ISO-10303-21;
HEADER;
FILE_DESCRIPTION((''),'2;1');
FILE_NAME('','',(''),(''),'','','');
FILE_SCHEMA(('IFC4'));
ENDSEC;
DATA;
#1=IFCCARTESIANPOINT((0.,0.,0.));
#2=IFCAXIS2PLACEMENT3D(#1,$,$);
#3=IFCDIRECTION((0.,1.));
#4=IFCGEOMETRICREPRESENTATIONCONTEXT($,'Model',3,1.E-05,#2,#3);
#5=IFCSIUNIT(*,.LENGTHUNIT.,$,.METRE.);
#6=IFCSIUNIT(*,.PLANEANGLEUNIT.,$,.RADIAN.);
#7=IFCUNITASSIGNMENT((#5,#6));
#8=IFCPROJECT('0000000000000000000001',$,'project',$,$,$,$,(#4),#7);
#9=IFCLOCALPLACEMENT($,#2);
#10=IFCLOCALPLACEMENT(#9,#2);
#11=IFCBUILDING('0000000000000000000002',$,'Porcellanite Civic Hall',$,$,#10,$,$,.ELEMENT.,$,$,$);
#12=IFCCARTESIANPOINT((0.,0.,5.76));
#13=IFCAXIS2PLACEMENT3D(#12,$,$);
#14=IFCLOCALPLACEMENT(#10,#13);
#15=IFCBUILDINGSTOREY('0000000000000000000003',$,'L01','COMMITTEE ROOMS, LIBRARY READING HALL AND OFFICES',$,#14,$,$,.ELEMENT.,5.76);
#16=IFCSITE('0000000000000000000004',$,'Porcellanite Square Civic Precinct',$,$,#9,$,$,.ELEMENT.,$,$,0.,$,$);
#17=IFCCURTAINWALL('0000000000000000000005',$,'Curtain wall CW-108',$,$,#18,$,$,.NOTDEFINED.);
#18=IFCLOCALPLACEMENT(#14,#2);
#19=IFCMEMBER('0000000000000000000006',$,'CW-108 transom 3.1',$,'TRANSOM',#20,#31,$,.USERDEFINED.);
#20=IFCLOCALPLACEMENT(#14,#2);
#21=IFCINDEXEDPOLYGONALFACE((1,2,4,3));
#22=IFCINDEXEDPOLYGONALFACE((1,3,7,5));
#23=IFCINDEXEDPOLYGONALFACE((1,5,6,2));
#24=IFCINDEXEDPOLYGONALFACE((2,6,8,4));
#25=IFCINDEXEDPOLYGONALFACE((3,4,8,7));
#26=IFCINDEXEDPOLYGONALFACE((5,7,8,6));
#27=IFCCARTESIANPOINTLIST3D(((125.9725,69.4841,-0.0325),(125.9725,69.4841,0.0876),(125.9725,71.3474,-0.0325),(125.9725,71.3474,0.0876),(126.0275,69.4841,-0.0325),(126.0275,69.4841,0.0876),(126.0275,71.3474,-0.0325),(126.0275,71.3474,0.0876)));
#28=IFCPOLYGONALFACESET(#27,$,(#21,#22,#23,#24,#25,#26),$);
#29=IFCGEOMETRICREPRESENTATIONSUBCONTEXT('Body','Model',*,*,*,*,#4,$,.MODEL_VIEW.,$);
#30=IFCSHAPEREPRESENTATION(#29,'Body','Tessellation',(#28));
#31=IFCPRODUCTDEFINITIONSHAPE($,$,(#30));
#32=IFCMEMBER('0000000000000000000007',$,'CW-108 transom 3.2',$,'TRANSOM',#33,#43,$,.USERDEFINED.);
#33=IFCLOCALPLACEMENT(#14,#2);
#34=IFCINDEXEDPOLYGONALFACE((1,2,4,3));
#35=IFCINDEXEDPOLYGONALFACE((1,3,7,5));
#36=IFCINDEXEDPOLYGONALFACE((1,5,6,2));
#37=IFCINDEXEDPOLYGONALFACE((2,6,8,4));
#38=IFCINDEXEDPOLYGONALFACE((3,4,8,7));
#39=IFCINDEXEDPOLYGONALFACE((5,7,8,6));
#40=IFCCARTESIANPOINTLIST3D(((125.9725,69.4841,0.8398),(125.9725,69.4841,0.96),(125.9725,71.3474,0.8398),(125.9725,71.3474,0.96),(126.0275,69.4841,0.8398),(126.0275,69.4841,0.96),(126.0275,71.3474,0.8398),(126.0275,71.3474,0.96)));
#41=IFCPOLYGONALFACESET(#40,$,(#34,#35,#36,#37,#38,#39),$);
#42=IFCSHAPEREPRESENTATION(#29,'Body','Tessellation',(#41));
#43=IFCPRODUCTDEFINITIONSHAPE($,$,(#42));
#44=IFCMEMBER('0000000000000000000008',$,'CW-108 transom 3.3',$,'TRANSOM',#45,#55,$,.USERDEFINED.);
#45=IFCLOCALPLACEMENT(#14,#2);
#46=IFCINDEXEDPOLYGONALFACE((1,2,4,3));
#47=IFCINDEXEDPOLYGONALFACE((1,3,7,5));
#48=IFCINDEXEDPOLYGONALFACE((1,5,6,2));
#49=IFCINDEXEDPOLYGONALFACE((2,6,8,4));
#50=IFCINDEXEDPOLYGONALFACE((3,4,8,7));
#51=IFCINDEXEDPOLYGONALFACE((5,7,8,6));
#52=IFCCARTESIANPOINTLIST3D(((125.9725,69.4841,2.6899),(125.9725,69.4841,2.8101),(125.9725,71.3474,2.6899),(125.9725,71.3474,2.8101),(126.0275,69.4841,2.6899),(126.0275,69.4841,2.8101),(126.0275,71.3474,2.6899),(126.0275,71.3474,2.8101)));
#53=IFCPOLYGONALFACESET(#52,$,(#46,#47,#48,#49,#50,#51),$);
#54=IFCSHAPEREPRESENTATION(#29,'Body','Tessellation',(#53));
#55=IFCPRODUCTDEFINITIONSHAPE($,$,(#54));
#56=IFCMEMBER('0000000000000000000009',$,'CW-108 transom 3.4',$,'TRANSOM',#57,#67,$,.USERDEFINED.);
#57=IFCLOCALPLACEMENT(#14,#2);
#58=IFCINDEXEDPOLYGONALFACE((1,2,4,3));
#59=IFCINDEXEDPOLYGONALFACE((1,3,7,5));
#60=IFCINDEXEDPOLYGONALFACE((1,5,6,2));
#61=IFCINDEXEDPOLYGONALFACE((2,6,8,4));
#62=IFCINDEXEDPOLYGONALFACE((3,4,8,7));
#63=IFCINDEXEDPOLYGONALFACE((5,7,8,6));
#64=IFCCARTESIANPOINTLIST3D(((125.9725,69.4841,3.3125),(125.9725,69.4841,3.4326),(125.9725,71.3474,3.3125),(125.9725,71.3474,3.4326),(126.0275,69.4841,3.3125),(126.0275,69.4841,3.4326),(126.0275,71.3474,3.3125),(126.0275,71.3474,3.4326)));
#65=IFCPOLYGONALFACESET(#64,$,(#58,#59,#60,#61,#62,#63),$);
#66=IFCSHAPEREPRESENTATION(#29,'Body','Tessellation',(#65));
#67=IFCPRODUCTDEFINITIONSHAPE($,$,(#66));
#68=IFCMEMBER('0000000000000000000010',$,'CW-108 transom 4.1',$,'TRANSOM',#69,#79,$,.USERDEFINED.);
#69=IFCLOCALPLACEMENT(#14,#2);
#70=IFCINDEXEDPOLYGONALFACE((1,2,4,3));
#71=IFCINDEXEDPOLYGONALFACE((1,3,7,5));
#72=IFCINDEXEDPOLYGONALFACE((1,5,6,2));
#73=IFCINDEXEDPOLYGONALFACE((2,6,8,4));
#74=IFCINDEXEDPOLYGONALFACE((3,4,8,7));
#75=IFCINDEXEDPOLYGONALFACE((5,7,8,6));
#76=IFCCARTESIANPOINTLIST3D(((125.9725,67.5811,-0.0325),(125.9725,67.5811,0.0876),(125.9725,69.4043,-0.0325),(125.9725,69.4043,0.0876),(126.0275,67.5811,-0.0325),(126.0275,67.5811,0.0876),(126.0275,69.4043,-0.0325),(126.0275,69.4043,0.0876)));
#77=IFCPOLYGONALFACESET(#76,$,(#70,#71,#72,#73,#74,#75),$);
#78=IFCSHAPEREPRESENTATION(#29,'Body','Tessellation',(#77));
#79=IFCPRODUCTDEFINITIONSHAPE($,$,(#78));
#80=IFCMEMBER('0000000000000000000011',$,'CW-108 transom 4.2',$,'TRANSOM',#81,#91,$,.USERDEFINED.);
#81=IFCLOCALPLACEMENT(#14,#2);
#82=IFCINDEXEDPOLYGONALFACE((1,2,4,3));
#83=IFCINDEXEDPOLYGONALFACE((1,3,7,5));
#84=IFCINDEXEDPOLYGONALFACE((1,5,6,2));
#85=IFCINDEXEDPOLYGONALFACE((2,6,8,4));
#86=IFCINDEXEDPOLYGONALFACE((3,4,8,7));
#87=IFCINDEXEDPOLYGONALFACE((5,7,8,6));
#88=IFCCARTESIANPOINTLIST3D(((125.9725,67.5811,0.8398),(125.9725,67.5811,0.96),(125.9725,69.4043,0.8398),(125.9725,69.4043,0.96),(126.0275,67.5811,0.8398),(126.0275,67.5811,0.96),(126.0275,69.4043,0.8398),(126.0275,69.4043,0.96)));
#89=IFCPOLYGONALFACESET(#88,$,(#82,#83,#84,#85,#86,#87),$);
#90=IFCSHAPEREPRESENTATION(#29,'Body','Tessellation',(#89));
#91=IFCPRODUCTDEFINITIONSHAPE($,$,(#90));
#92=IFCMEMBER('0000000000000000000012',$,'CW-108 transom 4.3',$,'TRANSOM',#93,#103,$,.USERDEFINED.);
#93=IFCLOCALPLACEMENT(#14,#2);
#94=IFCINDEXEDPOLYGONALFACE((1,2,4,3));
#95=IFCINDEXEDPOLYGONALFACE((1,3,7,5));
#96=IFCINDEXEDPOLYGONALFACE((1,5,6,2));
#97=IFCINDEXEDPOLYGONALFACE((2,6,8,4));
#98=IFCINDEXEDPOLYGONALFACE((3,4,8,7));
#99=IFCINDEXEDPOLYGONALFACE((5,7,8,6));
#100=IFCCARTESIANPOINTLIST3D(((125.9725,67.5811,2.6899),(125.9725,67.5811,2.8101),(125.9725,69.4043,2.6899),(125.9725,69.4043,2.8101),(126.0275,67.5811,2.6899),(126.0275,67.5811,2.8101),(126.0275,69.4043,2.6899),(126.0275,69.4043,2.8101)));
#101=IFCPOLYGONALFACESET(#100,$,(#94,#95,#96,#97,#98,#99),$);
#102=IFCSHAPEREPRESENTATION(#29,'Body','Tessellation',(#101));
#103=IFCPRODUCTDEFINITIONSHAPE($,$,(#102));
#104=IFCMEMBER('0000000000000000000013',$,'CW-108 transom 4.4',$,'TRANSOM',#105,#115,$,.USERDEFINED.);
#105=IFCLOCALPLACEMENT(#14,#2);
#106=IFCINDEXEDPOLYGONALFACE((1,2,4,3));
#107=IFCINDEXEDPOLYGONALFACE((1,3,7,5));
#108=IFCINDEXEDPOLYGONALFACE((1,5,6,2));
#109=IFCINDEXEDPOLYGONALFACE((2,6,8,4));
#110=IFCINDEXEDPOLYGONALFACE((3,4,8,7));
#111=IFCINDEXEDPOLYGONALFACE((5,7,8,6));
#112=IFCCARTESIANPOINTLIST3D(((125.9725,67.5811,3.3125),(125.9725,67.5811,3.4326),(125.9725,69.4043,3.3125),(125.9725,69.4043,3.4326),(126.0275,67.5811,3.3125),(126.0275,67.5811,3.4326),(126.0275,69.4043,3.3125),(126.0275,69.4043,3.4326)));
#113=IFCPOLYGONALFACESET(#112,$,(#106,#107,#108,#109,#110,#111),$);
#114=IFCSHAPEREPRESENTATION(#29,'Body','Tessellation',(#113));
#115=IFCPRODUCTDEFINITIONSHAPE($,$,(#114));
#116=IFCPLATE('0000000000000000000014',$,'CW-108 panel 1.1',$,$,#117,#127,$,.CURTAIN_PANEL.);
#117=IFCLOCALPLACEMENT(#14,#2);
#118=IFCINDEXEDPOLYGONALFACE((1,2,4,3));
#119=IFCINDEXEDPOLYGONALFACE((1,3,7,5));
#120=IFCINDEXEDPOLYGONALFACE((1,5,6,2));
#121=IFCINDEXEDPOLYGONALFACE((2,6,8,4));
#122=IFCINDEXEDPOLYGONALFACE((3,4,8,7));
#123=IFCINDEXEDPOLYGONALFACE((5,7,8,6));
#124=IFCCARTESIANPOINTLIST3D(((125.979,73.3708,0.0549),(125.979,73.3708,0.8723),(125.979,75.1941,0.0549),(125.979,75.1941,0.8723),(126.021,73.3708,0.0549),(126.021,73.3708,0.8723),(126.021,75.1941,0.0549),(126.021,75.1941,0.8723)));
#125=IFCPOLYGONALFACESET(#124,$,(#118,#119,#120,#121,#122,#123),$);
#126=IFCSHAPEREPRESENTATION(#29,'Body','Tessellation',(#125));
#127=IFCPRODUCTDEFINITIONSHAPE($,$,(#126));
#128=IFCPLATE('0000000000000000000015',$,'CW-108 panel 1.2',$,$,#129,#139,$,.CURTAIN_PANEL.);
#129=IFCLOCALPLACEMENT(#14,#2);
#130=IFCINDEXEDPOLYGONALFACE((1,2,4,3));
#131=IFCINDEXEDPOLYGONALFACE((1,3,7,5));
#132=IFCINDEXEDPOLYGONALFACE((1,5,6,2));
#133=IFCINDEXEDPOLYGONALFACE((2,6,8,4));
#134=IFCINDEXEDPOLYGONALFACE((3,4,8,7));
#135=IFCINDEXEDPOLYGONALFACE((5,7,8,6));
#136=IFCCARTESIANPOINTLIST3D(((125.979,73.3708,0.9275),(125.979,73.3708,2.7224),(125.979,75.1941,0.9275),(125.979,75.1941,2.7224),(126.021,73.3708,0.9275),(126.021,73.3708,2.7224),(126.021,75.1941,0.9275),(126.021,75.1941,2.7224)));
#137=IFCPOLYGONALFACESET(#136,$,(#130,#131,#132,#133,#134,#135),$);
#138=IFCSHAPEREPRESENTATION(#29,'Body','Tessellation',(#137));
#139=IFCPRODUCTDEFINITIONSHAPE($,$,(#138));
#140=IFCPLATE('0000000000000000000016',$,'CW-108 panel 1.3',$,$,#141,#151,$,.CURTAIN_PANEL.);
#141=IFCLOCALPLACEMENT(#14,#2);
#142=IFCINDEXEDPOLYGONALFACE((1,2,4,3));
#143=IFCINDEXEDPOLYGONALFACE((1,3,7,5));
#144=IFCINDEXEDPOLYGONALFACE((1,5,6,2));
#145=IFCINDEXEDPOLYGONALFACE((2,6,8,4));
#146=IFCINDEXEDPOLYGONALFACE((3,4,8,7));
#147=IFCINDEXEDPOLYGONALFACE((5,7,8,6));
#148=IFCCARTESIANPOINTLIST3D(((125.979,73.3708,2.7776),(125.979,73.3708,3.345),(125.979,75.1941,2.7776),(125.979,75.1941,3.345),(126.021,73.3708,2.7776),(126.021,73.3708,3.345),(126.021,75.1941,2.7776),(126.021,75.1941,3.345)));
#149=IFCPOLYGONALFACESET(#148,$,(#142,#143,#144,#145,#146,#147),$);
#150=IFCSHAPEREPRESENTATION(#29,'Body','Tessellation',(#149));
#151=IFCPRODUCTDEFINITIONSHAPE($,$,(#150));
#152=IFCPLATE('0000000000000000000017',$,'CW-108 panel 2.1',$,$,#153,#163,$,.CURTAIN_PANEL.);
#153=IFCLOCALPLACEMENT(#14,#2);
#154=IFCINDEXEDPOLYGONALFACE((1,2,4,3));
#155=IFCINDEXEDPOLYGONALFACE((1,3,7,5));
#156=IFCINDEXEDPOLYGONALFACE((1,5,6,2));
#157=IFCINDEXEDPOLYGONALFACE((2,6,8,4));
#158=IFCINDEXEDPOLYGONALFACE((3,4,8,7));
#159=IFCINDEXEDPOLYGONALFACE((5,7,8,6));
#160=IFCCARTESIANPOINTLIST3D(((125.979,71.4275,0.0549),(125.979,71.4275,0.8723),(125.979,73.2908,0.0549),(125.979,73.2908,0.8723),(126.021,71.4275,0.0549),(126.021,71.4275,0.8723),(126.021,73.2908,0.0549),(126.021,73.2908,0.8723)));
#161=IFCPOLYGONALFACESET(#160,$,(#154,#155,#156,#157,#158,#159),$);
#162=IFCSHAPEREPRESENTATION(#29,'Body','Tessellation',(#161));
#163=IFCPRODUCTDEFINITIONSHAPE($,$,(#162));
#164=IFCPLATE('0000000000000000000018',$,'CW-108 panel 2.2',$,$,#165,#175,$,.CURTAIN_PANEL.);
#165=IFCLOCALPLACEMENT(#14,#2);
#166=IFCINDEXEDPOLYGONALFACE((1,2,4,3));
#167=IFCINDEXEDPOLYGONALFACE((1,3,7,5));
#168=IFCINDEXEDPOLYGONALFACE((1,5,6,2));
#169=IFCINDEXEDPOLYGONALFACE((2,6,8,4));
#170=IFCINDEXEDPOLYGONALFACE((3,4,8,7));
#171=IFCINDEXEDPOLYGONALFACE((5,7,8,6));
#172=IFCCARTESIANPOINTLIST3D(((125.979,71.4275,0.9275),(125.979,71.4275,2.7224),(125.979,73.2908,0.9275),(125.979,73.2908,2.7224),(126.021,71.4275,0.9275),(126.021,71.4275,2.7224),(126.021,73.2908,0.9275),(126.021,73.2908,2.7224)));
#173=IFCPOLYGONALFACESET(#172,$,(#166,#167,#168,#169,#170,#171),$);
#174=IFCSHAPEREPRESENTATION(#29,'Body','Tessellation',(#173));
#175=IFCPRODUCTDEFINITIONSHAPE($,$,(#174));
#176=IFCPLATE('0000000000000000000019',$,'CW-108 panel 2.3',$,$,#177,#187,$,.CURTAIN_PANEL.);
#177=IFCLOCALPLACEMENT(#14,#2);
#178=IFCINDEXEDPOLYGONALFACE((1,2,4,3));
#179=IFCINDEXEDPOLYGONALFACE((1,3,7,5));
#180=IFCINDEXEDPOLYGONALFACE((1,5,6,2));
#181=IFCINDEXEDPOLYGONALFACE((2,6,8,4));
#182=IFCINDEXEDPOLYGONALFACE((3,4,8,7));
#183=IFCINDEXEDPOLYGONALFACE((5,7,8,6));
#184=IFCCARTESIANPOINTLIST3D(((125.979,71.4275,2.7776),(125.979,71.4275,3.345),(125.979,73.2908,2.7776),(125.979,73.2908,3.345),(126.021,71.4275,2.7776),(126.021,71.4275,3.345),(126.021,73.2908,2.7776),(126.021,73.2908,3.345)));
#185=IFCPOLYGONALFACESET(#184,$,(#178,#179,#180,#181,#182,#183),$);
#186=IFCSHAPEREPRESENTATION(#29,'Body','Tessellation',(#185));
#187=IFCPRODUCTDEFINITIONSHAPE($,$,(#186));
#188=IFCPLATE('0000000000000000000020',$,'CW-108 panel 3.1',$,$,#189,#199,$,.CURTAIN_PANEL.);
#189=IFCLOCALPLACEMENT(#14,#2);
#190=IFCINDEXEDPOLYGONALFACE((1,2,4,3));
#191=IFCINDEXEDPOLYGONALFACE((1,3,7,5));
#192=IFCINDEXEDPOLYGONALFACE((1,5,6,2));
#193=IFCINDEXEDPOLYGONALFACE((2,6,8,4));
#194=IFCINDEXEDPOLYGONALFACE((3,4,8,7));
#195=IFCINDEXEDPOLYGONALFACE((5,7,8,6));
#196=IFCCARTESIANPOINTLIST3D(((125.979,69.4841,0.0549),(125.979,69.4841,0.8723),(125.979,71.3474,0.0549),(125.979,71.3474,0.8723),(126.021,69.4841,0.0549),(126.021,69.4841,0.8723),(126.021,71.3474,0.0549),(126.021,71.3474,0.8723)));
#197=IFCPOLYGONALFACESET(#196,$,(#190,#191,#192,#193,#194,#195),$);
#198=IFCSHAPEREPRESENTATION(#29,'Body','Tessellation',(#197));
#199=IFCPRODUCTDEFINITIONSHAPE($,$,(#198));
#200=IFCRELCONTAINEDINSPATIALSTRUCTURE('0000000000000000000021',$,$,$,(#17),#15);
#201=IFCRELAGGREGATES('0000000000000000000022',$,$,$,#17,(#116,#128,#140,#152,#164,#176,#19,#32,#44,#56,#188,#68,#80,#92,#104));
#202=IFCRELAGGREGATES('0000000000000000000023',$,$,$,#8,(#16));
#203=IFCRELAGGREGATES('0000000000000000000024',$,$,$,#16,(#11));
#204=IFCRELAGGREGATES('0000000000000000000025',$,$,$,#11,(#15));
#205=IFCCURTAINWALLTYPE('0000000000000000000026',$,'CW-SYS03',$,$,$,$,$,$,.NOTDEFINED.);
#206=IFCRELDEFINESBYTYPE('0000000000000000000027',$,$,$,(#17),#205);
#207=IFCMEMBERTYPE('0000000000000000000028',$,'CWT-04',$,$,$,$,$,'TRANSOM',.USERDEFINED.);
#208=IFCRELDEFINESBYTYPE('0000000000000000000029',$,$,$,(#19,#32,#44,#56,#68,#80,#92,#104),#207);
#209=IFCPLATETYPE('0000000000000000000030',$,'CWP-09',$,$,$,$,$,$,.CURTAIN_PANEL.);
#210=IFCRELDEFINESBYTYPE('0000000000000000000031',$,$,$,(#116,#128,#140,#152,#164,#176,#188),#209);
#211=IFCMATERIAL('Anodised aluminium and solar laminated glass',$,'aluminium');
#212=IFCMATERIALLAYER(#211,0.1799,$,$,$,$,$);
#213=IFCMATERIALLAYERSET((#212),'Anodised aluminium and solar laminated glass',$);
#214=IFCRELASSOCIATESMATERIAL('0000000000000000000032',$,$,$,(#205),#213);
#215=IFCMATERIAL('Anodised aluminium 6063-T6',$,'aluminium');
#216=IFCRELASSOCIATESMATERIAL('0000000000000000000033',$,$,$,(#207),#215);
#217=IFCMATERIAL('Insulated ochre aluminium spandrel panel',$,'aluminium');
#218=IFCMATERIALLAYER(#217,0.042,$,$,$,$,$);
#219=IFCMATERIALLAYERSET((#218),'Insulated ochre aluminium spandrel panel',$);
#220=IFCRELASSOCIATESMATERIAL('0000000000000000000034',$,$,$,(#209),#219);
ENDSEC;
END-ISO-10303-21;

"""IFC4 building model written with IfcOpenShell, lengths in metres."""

from ifc_helpers import new_model, si_unit, direction, frame, origin, origin_2d, place, context, subcontext, project, spatial, rectangle, extrude, material, layer, layer_set, material_profile, profile_set, type_object, element, aggregate, save


model = new_model("IFC4")

# Units and contexts
model_context = context("Model", 3, precision=1e-05, world=origin(), true_north=direction((0.0, 1.0)))
body_context = subcontext(model_context, "Body", "Model", "MODEL_VIEW")
ifc_project = project(units=[si_unit("LENGTHUNIT", "METRE"), si_unit("PLANEANGLEUNIT", "RADIAN")], contexts=[model_context])

# Site, building, storey
site_placement = place(None, origin())
site = spatial("IfcSite", under=ifc_project, at=site_placement, Name="Porcellanite Square Civic Precinct", CompositionType="ELEMENT", RefElevation=0.0)
building_placement = place(site_placement, origin())
building = spatial("IfcBuilding", under=site, at=building_placement, Name="Porcellanite Civic Hall", CompositionType="ELEMENT")
storey_placement = place(building_placement, frame((0.0, 0.0, 5.76)))
storey = spatial("IfcBuildingStorey", under=building, at=storey_placement, Name="L01", Description="COMMITTEE ROOMS, LIBRARY READING HALL AND OFFICES", CompositionType="ELEMENT", Elevation=5.76)

# Curtain wall, members, plates
ifc_material_1 = material(Name="Anodised aluminium and solar laminated glass", Category="aluminium")
ifc_layer_1 = layer(ifc_material_1, 0.1799)
ifc_layer_set_1 = layer_set([ifc_layer_1], Name="Anodised aluminium and solar laminated glass")
curtain_wall_type = type_object("IfcCurtainWallType", Name="CW-SYS03", PredefinedType="NOTDEFINED", material=ifc_layer_set_1)
curtain_wall_placement = place(storey_placement, origin())
curtain_wall = element("IfcCurtainWall", 1, at=curtain_wall_placement, inside=storey, type_object=curtain_wall_type, Name="Curtain wall CW-108", PredefinedType="NOTDEFINED")
ifc_material_2 = material(Name="Anodised aluminium 6063-T6", Category="aluminium")
ifc_material_profile_1 = material_profile(ifc_material_2, rectangle(XDim=0.0549, YDim=0.1201, at=origin_2d()), Name="AL-55x120")
ifc_profile_set_1 = profile_set([ifc_material_profile_1], Name="Anodised aluminium 6063-T6")
member_type_1 = type_object("IfcMemberType", Name="CWT-04", ElementType="TRANSOM", PredefinedType="USERDEFINED", material=ifc_profile_set_1)
member_1_placement = place(storey_placement, frame((126.0, 71.3474, 0.0276), z_axis=(0.0, -1.0, 0.0), x_axis=(1.0, 0.0, 0.0)))
member_1 = element("IfcMember", 2, at=member_1_placement, type_object=member_type_1, Name="CW-108 transom 3.1", ObjectType="TRANSOM", PredefinedType="USERDEFINED", context=body_context, shape_type="SweptSolid", body=[
    extrude(rectangle(XDim=0.0549, YDim=0.1201, at=origin_2d()), origin(), (0.0, 0.0, 1.0), 1.8633),
])
member_2_placement = place(storey_placement, frame((126.0, 71.3474, 0.8999), z_axis=(0.0, -1.0, 0.0), x_axis=(1.0, 0.0, 0.0)))
member_2 = element("IfcMember", 3, at=member_2_placement, type_object=member_type_1, Name="CW-108 transom 3.2", ObjectType="TRANSOM", PredefinedType="USERDEFINED", context=body_context, shape_type="SweptSolid", body=[
    extrude(rectangle(XDim=0.0549, YDim=0.1201, at=origin_2d()), origin(), (0.0, 0.0, 1.0), 1.8633),
])
member_3_placement = place(storey_placement, frame((126.0, 71.3474, 2.75), z_axis=(0.0, -1.0, 0.0), x_axis=(1.0, 0.0, 0.0)))
member_3 = element("IfcMember", 4, at=member_3_placement, type_object=member_type_1, Name="CW-108 transom 3.3", ObjectType="TRANSOM", PredefinedType="USERDEFINED", context=body_context, shape_type="SweptSolid", body=[
    extrude(rectangle(XDim=0.0549, YDim=0.1201, at=origin_2d()), origin(), (0.0, 0.0, 1.0), 1.8633),
])
member_4_placement = place(storey_placement, frame((126.0, 71.3474, 3.3726), z_axis=(0.0, -1.0, 0.0), x_axis=(1.0, 0.0, 0.0)))
member_4 = element("IfcMember", 5, at=member_4_placement, type_object=member_type_1, Name="CW-108 transom 3.4", ObjectType="TRANSOM", PredefinedType="USERDEFINED", context=body_context, shape_type="SweptSolid", body=[
    extrude(rectangle(XDim=0.0549, YDim=0.1201, at=origin_2d()), origin(), (0.0, 0.0, 1.0), 1.8633),
])
member_5_placement = place(storey_placement, frame((126.0, 69.4043, 0.0276), z_axis=(0.0, -1.0, 0.0), x_axis=(1.0, 0.0, 0.0)))
member_5 = element("IfcMember", 6, at=member_5_placement, type_object=member_type_1, Name="CW-108 transom 4.1", ObjectType="TRANSOM", PredefinedType="USERDEFINED", context=body_context, shape_type="SweptSolid", body=[
    extrude(rectangle(XDim=0.0549, YDim=0.1201, at=origin_2d()), origin(), (0.0, 0.0, 1.0), 1.8232),
])
member_6_placement = place(storey_placement, frame((126.0, 69.4043, 0.8999), z_axis=(0.0, -1.0, 0.0), x_axis=(1.0, 0.0, 0.0)))
member_6 = element("IfcMember", 7, at=member_6_placement, type_object=member_type_1, Name="CW-108 transom 4.2", ObjectType="TRANSOM", PredefinedType="USERDEFINED", context=body_context, shape_type="SweptSolid", body=[
    extrude(rectangle(XDim=0.0549, YDim=0.1201, at=origin_2d()), origin(), (0.0, 0.0, 1.0), 1.8232),
])
member_7_placement = place(storey_placement, frame((126.0, 69.4043, 2.75), z_axis=(0.0, -1.0, 0.0), x_axis=(1.0, 0.0, 0.0)))
member_7 = element("IfcMember", 8, at=member_7_placement, type_object=member_type_1, Name="CW-108 transom 4.3", ObjectType="TRANSOM", PredefinedType="USERDEFINED", context=body_context, shape_type="SweptSolid", body=[
    extrude(rectangle(XDim=0.0549, YDim=0.1201, at=origin_2d()), origin(), (0.0, 0.0, 1.0), 1.8232),
])
member_8_placement = place(storey_placement, frame((126.0, 69.4043, 3.3726), z_axis=(0.0, -1.0, 0.0), x_axis=(1.0, 0.0, 0.0)))
member_8 = element("IfcMember", 9, at=member_8_placement, type_object=member_type_1, Name="CW-108 transom 4.4", ObjectType="TRANSOM", PredefinedType="USERDEFINED", context=body_context, shape_type="SweptSolid", body=[
    extrude(rectangle(XDim=0.0549, YDim=0.1201, at=origin_2d()), origin(), (0.0, 0.0, 1.0), 1.8232),
])
ifc_material_3 = material(Name="Insulated ochre aluminium spandrel panel", Category="aluminium")
ifc_layer_2 = layer(ifc_material_3, 0.042)
ifc_layer_set_2 = layer_set([ifc_layer_2], Name="Insulated ochre aluminium spandrel panel")
plate_type = type_object("IfcPlateType", Name="CWP-09", PredefinedType="CURTAIN_PANEL", material=ifc_layer_set_2)
plate_1_placement = place(storey_placement, frame((126.0, 74.2825, 0.0549), z_axis=(0.0, 0.0, 1.0), x_axis=(0.0, -1.0, 0.0)))
plate_1 = element("IfcPlate", 10, at=plate_1_placement, type_object=plate_type, Name="CW-108 panel 1.1", PredefinedType="CURTAIN_PANEL", context=body_context, shape_type="SweptSolid", body=[
    extrude(rectangle(XDim=1.8232, YDim=0.042, at=origin_2d()), origin(), (0.0, 0.0, 1.0), 0.8174),
])
plate_2_placement = place(storey_placement, frame((126.0, 74.2825, 0.9275), z_axis=(0.0, 0.0, 1.0), x_axis=(0.0, -1.0, 0.0)))
plate_2 = element("IfcPlate", 11, at=plate_2_placement, type_object=plate_type, Name="CW-108 panel 1.2", PredefinedType="CURTAIN_PANEL", context=body_context, shape_type="SweptSolid", body=[
    extrude(rectangle(XDim=1.8232, YDim=0.042, at=origin_2d()), origin(), (0.0, 0.0, 1.0), 1.7949),
])
plate_3_placement = place(storey_placement, frame((126.0, 74.2825, 2.7776), z_axis=(0.0, 0.0, 1.0), x_axis=(0.0, -1.0, 0.0)))
plate_3 = element("IfcPlate", 12, at=plate_3_placement, type_object=plate_type, Name="CW-108 panel 1.3", PredefinedType="CURTAIN_PANEL", context=body_context, shape_type="SweptSolid", body=[
    extrude(rectangle(XDim=1.8232, YDim=0.042, at=origin_2d()), origin(), (0.0, 0.0, 1.0), 0.5674),
])
plate_4_placement = place(storey_placement, frame((126.0, 72.3591, 0.0549), z_axis=(0.0, 0.0, 1.0), x_axis=(0.0, -1.0, 0.0)))
plate_4 = element("IfcPlate", 13, at=plate_4_placement, type_object=plate_type, Name="CW-108 panel 2.1", PredefinedType="CURTAIN_PANEL", context=body_context, shape_type="SweptSolid", body=[
    extrude(rectangle(XDim=1.8633, YDim=0.042, at=origin_2d()), origin(), (0.0, 0.0, 1.0), 0.8174),
])
plate_5_placement = place(storey_placement, frame((126.0, 72.3591, 0.9275), z_axis=(0.0, 0.0, 1.0), x_axis=(0.0, -1.0, 0.0)))
plate_5 = element("IfcPlate", 14, at=plate_5_placement, type_object=plate_type, Name="CW-108 panel 2.2", PredefinedType="CURTAIN_PANEL", context=body_context, shape_type="SweptSolid", body=[
    extrude(rectangle(XDim=1.8633, YDim=0.042, at=origin_2d()), origin(), (0.0, 0.0, 1.0), 1.7949),
])
plate_6_placement = place(storey_placement, frame((126.0, 72.3591, 2.7776), z_axis=(0.0, 0.0, 1.0), x_axis=(0.0, -1.0, 0.0)))
plate_6 = element("IfcPlate", 15, at=plate_6_placement, type_object=plate_type, Name="CW-108 panel 2.3", PredefinedType="CURTAIN_PANEL", context=body_context, shape_type="SweptSolid", body=[
    extrude(rectangle(XDim=1.8633, YDim=0.042, at=origin_2d()), origin(), (0.0, 0.0, 1.0), 0.5674),
])
plate_7_placement = place(storey_placement, frame((126.0, 70.4158, 0.0549), z_axis=(0.0, 0.0, 1.0), x_axis=(0.0, -1.0, 0.0)))
plate_7 = element("IfcPlate", 16, at=plate_7_placement, type_object=plate_type, Name="CW-108 panel 3.1", PredefinedType="CURTAIN_PANEL", context=body_context, shape_type="SweptSolid", body=[
    extrude(rectangle(XDim=1.8633, YDim=0.042, at=origin_2d()), origin(), (0.0, 0.0, 1.0), 0.8174),
])
aggregate(curtain_wall, [plate_1, plate_2, plate_3, plate_4, plate_5, plate_6, member_1, member_2, member_3, member_4, plate_7, member_5, member_6, member_7, member_8])

save(model, "model.ifc")
